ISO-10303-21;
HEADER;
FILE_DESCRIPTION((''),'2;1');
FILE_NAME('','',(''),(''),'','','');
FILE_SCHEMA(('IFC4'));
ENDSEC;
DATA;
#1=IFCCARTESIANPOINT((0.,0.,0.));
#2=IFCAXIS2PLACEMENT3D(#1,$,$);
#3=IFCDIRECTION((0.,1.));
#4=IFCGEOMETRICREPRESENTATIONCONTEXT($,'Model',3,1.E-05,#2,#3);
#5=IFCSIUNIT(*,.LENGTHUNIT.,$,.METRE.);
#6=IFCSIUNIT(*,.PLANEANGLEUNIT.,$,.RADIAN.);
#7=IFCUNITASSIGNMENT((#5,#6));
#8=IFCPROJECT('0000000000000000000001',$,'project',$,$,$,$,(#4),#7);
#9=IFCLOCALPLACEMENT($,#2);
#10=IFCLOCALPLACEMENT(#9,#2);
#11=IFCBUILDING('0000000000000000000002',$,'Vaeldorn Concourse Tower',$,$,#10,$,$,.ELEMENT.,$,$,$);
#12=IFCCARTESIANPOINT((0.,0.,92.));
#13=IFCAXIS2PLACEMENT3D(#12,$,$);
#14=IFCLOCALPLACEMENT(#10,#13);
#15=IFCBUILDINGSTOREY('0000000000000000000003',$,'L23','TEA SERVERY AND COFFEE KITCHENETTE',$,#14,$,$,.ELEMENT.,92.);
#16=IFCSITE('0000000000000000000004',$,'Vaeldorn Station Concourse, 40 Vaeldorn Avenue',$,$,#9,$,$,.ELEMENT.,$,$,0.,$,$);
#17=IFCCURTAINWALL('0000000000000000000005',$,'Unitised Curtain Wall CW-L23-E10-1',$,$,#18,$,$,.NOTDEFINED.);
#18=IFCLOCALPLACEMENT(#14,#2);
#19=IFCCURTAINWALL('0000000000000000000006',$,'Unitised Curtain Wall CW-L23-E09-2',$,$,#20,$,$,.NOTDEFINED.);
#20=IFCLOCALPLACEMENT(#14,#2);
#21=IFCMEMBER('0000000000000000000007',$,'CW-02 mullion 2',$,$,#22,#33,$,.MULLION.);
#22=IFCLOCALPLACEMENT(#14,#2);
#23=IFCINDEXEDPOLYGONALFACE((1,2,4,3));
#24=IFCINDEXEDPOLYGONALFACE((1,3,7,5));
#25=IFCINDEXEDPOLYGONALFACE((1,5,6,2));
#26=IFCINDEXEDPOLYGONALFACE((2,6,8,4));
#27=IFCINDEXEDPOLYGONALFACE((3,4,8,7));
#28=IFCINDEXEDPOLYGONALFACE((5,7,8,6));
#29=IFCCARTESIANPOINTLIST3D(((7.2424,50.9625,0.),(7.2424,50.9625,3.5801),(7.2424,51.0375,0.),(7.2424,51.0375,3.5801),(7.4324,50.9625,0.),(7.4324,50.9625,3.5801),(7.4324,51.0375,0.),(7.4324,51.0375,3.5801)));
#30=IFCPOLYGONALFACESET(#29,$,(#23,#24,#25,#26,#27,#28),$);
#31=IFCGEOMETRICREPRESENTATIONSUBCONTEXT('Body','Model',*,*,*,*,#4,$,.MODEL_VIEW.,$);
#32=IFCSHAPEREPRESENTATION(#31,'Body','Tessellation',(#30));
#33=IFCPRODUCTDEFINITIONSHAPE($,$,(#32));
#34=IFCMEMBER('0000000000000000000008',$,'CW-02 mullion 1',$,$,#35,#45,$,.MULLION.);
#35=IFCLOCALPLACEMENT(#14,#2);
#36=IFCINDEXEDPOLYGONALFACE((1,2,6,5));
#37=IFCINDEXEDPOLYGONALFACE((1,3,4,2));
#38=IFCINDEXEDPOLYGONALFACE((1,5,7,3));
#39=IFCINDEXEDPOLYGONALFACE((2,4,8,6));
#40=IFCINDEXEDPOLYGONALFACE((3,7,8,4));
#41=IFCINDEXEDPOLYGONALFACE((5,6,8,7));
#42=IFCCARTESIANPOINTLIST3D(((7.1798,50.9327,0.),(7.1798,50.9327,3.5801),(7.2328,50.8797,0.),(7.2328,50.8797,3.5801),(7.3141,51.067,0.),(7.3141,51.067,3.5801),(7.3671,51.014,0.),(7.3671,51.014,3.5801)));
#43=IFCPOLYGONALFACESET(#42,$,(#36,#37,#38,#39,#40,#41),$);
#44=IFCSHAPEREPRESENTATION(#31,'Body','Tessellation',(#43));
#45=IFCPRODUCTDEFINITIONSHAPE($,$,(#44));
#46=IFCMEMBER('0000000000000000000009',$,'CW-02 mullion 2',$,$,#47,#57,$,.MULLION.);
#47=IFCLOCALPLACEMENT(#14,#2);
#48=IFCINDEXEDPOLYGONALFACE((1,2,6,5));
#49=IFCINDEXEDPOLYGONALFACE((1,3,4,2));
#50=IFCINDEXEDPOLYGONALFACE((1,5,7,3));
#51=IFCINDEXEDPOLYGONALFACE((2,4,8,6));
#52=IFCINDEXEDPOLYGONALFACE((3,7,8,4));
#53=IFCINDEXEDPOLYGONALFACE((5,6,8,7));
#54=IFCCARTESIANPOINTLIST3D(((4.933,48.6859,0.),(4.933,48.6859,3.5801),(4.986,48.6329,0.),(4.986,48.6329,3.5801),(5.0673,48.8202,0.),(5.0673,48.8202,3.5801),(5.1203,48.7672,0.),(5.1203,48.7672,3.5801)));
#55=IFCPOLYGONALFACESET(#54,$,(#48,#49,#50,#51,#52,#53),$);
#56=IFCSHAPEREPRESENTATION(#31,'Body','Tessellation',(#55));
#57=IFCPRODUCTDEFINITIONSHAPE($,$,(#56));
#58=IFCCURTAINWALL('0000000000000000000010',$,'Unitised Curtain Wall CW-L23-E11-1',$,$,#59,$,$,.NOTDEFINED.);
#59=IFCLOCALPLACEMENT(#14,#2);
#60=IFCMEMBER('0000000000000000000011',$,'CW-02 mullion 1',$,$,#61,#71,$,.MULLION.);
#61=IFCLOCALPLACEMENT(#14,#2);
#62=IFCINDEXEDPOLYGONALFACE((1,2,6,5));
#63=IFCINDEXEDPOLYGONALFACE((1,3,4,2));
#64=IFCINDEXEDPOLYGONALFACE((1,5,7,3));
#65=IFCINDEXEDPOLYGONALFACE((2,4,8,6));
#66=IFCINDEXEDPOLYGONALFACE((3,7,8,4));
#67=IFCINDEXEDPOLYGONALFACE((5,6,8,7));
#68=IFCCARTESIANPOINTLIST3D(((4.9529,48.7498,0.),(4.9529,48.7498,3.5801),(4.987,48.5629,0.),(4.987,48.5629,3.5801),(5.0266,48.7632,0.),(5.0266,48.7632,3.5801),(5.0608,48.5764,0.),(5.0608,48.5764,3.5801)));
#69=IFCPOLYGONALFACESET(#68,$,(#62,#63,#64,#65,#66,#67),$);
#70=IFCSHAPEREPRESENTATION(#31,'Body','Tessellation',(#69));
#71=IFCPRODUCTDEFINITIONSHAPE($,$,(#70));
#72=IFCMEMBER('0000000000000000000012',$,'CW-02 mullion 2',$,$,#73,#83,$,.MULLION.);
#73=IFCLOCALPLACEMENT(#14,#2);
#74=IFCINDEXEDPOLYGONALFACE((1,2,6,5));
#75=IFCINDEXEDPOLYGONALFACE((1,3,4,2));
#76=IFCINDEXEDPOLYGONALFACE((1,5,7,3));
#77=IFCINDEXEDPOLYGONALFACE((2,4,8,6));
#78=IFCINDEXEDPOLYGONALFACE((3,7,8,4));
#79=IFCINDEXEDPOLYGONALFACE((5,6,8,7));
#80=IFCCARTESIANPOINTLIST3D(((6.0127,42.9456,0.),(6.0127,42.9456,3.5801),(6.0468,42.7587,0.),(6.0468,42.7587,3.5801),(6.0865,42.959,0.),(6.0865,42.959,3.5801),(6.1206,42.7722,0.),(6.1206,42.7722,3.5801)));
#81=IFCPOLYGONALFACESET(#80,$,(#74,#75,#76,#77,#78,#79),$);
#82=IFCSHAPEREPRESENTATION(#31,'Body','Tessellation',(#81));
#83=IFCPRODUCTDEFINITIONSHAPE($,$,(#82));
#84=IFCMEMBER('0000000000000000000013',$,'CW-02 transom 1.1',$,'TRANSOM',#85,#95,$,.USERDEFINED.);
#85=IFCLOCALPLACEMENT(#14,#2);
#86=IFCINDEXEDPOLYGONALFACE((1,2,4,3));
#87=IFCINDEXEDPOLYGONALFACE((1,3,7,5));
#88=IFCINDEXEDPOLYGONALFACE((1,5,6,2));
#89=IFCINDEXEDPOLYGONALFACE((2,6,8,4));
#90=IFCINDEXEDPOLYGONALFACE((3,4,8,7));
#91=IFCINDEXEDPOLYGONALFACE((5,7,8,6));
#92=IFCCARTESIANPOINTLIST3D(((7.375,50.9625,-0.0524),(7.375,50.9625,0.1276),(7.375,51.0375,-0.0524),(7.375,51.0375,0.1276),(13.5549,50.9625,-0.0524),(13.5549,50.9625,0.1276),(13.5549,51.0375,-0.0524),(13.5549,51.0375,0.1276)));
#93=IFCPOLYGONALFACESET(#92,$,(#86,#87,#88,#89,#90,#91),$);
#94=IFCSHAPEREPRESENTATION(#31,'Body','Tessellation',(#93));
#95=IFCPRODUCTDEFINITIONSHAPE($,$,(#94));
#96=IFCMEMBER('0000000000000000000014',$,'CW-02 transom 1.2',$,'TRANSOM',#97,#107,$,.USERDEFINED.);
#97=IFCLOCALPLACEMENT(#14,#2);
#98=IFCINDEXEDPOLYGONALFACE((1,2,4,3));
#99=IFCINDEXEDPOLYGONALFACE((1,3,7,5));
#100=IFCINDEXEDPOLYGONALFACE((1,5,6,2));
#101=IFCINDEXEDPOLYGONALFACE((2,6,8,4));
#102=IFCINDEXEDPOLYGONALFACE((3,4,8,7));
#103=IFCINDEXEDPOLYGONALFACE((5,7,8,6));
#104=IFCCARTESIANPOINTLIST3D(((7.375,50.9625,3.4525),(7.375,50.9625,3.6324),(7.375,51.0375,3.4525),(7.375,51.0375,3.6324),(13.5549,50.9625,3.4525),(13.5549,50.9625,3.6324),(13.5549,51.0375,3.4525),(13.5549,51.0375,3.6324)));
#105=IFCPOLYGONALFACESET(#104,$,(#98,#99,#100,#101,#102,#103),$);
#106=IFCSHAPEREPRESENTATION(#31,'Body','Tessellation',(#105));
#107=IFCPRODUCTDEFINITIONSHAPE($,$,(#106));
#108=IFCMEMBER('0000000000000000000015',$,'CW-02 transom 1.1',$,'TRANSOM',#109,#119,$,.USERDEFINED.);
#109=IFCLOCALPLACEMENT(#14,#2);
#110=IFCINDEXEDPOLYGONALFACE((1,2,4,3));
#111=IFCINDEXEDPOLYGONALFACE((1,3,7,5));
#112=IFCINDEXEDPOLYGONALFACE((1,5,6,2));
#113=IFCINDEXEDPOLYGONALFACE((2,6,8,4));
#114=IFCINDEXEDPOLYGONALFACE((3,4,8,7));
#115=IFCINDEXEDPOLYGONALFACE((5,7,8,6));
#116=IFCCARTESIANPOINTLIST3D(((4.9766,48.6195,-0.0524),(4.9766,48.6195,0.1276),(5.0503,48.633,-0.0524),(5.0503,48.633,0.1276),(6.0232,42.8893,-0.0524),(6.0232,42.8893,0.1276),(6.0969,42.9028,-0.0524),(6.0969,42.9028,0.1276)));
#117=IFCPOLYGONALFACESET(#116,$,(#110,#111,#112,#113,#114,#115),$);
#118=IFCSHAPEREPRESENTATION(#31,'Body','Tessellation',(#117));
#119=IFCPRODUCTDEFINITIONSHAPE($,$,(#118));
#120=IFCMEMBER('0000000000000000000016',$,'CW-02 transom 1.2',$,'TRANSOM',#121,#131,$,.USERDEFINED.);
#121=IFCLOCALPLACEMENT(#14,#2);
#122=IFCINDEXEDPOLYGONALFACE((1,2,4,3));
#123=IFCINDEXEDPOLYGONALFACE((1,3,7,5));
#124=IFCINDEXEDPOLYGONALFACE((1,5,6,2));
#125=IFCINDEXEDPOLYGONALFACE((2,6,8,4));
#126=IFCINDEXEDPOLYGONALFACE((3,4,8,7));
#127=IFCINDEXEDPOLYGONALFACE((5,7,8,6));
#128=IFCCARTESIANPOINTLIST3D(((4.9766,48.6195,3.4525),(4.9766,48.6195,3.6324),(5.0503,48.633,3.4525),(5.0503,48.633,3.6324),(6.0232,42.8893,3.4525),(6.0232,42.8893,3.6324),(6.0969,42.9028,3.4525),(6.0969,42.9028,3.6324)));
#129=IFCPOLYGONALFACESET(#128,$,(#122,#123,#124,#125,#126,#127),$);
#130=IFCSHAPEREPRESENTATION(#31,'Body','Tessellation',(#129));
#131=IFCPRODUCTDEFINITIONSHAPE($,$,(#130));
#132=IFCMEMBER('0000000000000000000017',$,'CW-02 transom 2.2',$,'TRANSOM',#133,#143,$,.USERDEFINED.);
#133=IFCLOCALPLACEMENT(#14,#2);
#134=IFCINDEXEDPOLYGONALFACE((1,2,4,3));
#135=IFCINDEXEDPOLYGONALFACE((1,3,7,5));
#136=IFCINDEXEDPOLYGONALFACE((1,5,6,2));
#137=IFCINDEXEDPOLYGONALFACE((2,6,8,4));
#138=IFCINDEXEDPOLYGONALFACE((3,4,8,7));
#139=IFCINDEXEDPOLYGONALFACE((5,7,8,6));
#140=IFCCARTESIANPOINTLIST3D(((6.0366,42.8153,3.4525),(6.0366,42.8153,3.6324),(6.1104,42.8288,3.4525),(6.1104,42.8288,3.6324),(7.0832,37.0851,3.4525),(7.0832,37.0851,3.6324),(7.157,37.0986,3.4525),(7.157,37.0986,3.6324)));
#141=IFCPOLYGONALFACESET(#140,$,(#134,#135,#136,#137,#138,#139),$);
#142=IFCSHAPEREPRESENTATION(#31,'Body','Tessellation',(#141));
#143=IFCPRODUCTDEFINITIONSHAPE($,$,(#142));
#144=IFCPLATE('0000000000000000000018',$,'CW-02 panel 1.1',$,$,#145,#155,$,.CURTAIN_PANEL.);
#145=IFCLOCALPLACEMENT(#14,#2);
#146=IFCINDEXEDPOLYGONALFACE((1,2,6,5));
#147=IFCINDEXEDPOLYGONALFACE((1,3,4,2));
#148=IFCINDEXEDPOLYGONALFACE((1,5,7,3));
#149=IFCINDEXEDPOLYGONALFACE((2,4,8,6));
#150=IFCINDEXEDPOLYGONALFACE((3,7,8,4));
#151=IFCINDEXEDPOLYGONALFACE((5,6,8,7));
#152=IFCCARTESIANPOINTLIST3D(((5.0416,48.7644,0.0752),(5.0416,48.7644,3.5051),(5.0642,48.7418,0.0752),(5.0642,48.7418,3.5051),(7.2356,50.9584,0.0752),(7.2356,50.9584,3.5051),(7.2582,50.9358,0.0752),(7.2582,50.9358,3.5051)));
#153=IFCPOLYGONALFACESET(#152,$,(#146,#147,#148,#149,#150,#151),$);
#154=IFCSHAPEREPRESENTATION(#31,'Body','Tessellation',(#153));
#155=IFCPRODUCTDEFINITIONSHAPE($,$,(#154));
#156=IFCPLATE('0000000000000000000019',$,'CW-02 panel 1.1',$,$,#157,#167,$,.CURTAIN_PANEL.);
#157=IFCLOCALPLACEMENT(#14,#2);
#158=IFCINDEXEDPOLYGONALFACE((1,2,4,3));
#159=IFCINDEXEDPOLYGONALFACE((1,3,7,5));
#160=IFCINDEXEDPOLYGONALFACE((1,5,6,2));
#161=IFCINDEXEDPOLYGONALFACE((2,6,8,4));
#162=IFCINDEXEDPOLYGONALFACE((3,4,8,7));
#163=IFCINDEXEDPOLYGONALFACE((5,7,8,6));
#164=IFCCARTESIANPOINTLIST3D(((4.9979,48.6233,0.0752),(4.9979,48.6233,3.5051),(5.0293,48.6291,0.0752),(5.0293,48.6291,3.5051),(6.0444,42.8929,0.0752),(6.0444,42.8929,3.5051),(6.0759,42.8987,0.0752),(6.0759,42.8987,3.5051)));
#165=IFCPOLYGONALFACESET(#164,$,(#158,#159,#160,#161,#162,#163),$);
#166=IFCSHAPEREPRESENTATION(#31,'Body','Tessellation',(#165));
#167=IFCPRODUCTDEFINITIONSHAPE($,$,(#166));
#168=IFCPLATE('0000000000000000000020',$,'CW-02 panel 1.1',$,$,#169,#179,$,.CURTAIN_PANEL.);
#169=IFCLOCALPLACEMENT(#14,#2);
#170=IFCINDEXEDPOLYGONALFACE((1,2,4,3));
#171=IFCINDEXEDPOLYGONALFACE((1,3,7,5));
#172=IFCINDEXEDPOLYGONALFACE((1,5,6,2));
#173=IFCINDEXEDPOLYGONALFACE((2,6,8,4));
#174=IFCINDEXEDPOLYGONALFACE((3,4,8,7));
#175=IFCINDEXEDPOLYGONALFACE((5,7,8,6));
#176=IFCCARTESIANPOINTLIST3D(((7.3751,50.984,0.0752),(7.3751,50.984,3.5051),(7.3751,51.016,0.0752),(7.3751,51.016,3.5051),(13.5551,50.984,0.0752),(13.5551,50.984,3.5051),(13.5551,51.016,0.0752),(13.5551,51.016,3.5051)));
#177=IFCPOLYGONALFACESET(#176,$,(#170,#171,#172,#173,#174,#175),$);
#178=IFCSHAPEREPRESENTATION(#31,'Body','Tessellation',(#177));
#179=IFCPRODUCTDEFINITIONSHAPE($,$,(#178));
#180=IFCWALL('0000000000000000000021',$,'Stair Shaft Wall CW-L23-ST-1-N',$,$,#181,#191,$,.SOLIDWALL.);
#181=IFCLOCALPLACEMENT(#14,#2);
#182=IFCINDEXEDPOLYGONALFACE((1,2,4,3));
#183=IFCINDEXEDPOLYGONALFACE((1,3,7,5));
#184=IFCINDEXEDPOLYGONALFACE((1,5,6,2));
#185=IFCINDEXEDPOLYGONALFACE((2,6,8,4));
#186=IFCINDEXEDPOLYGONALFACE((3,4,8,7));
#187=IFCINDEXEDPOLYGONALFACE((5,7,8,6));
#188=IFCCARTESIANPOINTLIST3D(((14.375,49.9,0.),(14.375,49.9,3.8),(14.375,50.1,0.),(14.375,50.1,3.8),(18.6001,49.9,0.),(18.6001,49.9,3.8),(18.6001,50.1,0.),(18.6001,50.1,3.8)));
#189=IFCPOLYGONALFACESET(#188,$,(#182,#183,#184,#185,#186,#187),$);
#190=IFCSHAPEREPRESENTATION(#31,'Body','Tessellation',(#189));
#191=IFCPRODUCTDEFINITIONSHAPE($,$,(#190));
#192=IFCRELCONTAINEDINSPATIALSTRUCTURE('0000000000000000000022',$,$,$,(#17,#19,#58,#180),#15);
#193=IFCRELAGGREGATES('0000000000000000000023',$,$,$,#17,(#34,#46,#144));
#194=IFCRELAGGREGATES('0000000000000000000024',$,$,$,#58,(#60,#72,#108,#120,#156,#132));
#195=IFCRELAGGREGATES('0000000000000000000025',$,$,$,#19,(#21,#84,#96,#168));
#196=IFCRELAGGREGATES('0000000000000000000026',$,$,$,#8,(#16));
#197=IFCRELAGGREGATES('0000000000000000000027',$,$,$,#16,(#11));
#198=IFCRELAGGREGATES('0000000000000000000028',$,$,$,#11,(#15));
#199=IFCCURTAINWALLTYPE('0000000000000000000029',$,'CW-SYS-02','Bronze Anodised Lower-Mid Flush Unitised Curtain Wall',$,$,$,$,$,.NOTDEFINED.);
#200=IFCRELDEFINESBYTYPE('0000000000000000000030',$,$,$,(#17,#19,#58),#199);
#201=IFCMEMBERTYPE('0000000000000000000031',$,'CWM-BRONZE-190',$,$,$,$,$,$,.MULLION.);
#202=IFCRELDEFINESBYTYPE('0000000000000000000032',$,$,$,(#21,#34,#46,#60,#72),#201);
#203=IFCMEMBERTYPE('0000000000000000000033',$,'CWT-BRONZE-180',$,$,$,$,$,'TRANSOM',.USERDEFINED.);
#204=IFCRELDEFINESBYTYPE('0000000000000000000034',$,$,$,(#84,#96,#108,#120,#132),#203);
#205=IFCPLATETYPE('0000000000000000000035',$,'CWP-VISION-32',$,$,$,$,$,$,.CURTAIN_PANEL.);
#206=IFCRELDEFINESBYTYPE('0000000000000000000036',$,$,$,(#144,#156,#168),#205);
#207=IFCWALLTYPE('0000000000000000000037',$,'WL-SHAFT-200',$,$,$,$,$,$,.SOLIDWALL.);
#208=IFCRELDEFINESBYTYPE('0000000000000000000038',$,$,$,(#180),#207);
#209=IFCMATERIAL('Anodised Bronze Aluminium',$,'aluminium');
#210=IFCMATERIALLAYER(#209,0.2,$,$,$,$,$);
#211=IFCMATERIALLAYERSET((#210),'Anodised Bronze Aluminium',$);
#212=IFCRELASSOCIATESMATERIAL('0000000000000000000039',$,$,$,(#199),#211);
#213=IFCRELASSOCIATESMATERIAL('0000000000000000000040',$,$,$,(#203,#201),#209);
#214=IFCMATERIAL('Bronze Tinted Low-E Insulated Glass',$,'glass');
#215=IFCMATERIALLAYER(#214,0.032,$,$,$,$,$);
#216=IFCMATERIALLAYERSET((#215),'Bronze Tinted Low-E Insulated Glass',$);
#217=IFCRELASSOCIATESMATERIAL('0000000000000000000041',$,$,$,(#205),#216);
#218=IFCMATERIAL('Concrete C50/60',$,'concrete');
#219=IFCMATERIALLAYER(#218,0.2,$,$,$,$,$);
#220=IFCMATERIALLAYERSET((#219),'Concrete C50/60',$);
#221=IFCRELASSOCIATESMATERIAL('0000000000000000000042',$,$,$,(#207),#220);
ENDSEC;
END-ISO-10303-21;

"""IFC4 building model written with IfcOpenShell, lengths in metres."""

from ifc_helpers import new_model, si_unit, direction, frame, frame_2d, origin, origin_2d, place, context, subcontext, project, spatial, rectangle, extrude, source, transform, mapped, material, layer, layer_set, material_profile, profile_set, type_object, element, aggregate, save


model = new_model("IFC4")

# Units and contexts
model_context = context("Model", 3, precision=1e-05, world=origin(), true_north=direction((0.0, 1.0)))
body_context = subcontext(model_context, "Body", "Model", "MODEL_VIEW")
ifc_project = project(units=[si_unit("LENGTHUNIT", "METRE"), si_unit("PLANEANGLEUNIT", "RADIAN")], contexts=[model_context])

# Site, building, storey
site_placement = place(None, origin())
site = spatial("IfcSite", under=ifc_project, at=site_placement, Name="Vaeldorn Station Concourse, 40 Vaeldorn Avenue", CompositionType="ELEMENT", RefElevation=0.0)
building_placement = place(site_placement, origin())
building = spatial("IfcBuilding", under=site, at=building_placement, Name="Vaeldorn Concourse Tower", CompositionType="ELEMENT")
storey_placement = place(building_placement, frame((0.0, 0.0, 92.0)))
storey = spatial("IfcBuildingStorey", under=building, at=storey_placement, Name="L23", Description="TEA SERVERY AND COFFEE KITCHENETTE", CompositionType="ELEMENT", Elevation=92.0)

# Curtain walls, member
ifc_material_1 = material(Name="Anodised Bronze Aluminium", Category="aluminium")
ifc_layer_1 = layer(ifc_material_1, 0.2)
ifc_layer_set_1 = layer_set([ifc_layer_1], Name="Anodised Bronze Aluminium")
curtain_wall_type = type_object("IfcCurtainWallType", Name="CW-SYS-02", Description="Bronze Anodised Lower-Mid Flush Unitised Curtain Wall", PredefinedType="NOTDEFINED", material=ifc_layer_set_1)
curtain_wall_1_placement = place(storey_placement, origin())
curtain_wall_1 = element("IfcCurtainWall", 1, at=curtain_wall_1_placement, inside=storey, type_object=curtain_wall_type, Name="Unitised Curtain Wall CW-L23-E10-1", PredefinedType="NOTDEFINED")
ifc_material_profile_1 = material_profile(ifc_material_1, rectangle(XDim=0.075, YDim=0.1799, at=origin_2d()), Name="CWT 75x180")
ifc_profile_set_1 = profile_set([ifc_material_profile_1], Name="Anodised Bronze Aluminium")
member_type_1 = type_object("IfcMemberType", Name="CWT-BRONZE-180", ElementType="TRANSOM", PredefinedType="USERDEFINED", material=ifc_profile_set_1)
curtain_wall_2_placement = place(storey_placement, origin())
curtain_wall_2 = element("IfcCurtainWall", 2, at=curtain_wall_2_placement, inside=storey, type_object=curtain_wall_type, Name="Unitised Curtain Wall CW-L23-E09-2", PredefinedType="NOTDEFINED")
ifc_material_profile_2 = material_profile(ifc_material_1, rectangle(XDim=0.075, YDim=0.1899, at=origin_2d()), Name="CWM 75x190")
ifc_profile_set_2 = profile_set([ifc_material_profile_2], Name="Anodised Bronze Aluminium")
member_type_2 = type_object("IfcMemberType", Name="CWM-BRONZE-190", PredefinedType="MULLION", material=ifc_profile_set_2)
shared_shape_1 = source(origin(), body_context, "Body", "SweptSolid", [
    extrude(rectangle(XDim=0.075, YDim=0.1899, at=origin_2d()), origin(), (0.0, 0.0, 1.0), 3.5801),
])
member_1_placement = place(storey_placement, frame((7.3374, 51.0, 0.0), z_axis=(0.0, 0.0, 1.0), x_axis=(0.0, -1.0, 0.0)))
member_1 = element("IfcMember", 3, at=member_1_placement, type_object=member_type_2, Name="CW-02 mullion 2", PredefinedType="MULLION", context=body_context, shape_type="MappedRepresentation", body=[
    mapped(shared_shape_1, transform((0.0, 0.0, 0.0), scale=1.0)),
])

# Members
member_2_placement = place(storey_placement, frame((7.2734, 50.9734, 0.0), z_axis=(0.0, 0.0, 1.0), x_axis=(0.707107, -0.707107, 0.0)))
member_2 = element("IfcMember", 4, at=member_2_placement, type_object=member_type_2, Name="CW-02 mullion 1", PredefinedType="MULLION", context=body_context, shape_type="MappedRepresentation", body=[
    mapped(shared_shape_1, transform((0.0, 0.0, 0.0), scale=1.0)),
])
member_3_placement = place(storey_placement, frame((5.0266, 48.7266, 0.0), z_axis=(0.0, 0.0, 1.0), x_axis=(0.707107, -0.707107, 0.0)))
member_3 = element("IfcMember", 5, at=member_3_placement, type_object=member_type_2, Name="CW-02 mullion 2", PredefinedType="MULLION", context=body_context, shape_type="MappedRepresentation", body=[
    mapped(shared_shape_1, transform((0.0, 0.0, 0.0), scale=1.0)),
])

# Curtain wall, members
curtain_wall_3_placement = place(storey_placement, origin())
curtain_wall_3 = element("IfcCurtainWall", 6, at=curtain_wall_3_placement, inside=storey, type_object=curtain_wall_type, Name="Unitised Curtain Wall CW-L23-E11-1", PredefinedType="NOTDEFINED")
member_4_placement = place(storey_placement, frame((5.0068, 48.6631, 0.0), z_axis=(0.0, 0.0, 1.0), x_axis=(0.983729, 0.17966, 0.0)))
member_4 = element("IfcMember", 7, at=member_4_placement, type_object=member_type_2, Name="CW-02 mullion 1", PredefinedType="MULLION", context=body_context, shape_type="MappedRepresentation", body=[
    mapped(shared_shape_1, transform((0.0, 0.0, 0.0), scale=1.0)),
])
member_5_placement = place(storey_placement, frame((6.0667, 42.8589, 0.0), z_axis=(0.0, 0.0, 1.0), x_axis=(0.983729, 0.17966, 0.0)))
member_5 = element("IfcMember", 8, at=member_5_placement, type_object=member_type_2, Name="CW-02 mullion 2", PredefinedType="MULLION", context=body_context, shape_type="MappedRepresentation", body=[
    mapped(shared_shape_1, transform((0.0, 0.0, 0.0), scale=1.0)),
])

# Members
shared_shape_2 = source(origin(), body_context, "Body", "SweptSolid", [
    extrude(rectangle(XDim=0.075, YDim=0.1799, at=origin_2d()), origin(), (0.0, 0.0, 1.0), 6.1799),
])
member_6_placement = place(storey_placement, frame((13.5549, 51.0, 0.0376), z_axis=(-1.0, 0.0, 0.0), x_axis=(0.0, -1.0, 0.0)))
member_6 = element("IfcMember", 9, at=member_6_placement, type_object=member_type_1, Name="CW-02 transom 1.1", ObjectType="TRANSOM", PredefinedType="USERDEFINED", context=body_context, shape_type="MappedRepresentation", body=[
    mapped(shared_shape_2, transform((0.0, 0.0, 0.0), scale=1.0)),
])
member_7_placement = place(storey_placement, frame((13.5549, 51.0, 3.5425), z_axis=(-1.0, 0.0, 0.0), x_axis=(0.0, -1.0, 0.0)))
member_7 = element("IfcMember", 10, at=member_7_placement, type_object=member_type_1, Name="CW-02 transom 1.2", ObjectType="TRANSOM", PredefinedType="USERDEFINED", context=body_context, shape_type="MappedRepresentation", body=[
    mapped(shared_shape_2, transform((0.0, 0.0, 0.0), scale=1.0)),
])
shared_shape_3 = source(origin(), body_context, "Body", "SweptSolid", [
    extrude(rectangle(XDim=0.075, YDim=0.1799, at=origin_2d()), origin(), (0.0, 0.0, 1.0), 5.825),
])
member_8_placement = place(storey_placement, frame((5.0134, 48.6262, 0.0376), z_axis=(0.179678, -0.983725, 0.0), x_axis=(0.983725, 0.179678, 0.0)))
member_8 = element("IfcMember", 11, at=member_8_placement, type_object=member_type_1, Name="CW-02 transom 1.1", ObjectType="TRANSOM", PredefinedType="USERDEFINED", context=body_context, shape_type="MappedRepresentation", body=[
    mapped(shared_shape_3, transform((0.0, 0.0, 0.0), scale=1.0)),
])
member_9_placement = place(storey_placement, frame((5.0134, 48.6262, 3.5425), z_axis=(0.179678, -0.983725, 0.0), x_axis=(0.983725, 0.179678, 0.0)))
member_9 = element("IfcMember", 12, at=member_9_placement, type_object=member_type_1, Name="CW-02 transom 1.2", ObjectType="TRANSOM", PredefinedType="USERDEFINED", context=body_context, shape_type="MappedRepresentation", body=[
    mapped(shared_shape_3, transform((0.0, 0.0, 0.0), scale=1.0)),
])
member_10_placement = place(storey_placement, frame((6.0735, 42.822, 3.5425), z_axis=(0.179678, -0.983725, 0.0), x_axis=(0.983725, 0.179678, 0.0)))
member_10 = element("IfcMember", 13, at=member_10_placement, type_object=member_type_1, Name="CW-02 transom 2.2", ObjectType="TRANSOM", PredefinedType="USERDEFINED", context=body_context, shape_type="MappedRepresentation", body=[
    mapped(shared_shape_3, transform((0.0, 0.0, 0.0), scale=1.0)),
])

# Plates
ifc_material_2 = material(Name="Bronze Tinted Low-E Insulated Glass", Category="glass")
ifc_layer_2 = layer(ifc_material_2, 0.032)
ifc_layer_set_2 = layer_set([ifc_layer_2], Name="Bronze Tinted Low-E Insulated Glass")
plate_type = type_object("IfcPlateType", Name="CWP-VISION-32", PredefinedType="CURTAIN_PANEL", material=ifc_layer_set_2)
shared_shape_4 = source(origin(), body_context, "Body", "SweptSolid", [
    extrude(rectangle(XDim=3.1028, YDim=0.032, at=origin_2d()), origin(), (0.0, 0.0, 1.0), 3.4299),
])
plate_1_placement = place(storey_placement, frame((6.1499, 49.8501, 0.0752), z_axis=(0.0, 0.0, 1.0), x_axis=(-0.707107, -0.707107, 0.0)))
plate_1 = element("IfcPlate", 14, at=plate_1_placement, type_object=plate_type, Name="CW-02 panel 1.1", PredefinedType="CURTAIN_PANEL", context=body_context, shape_type="MappedRepresentation", body=[
    mapped(shared_shape_4, transform((0.0, 0.0, 0.0), scale=1.0)),
])
aggregate(curtain_wall_1, [member_2, member_3, plate_1])
shared_shape_5 = source(origin(), body_context, "Body", "SweptSolid", [
    extrude(rectangle(XDim=5.8252, YDim=0.032, at=origin_2d()), origin(), (0.0, 0.0, 1.0), 3.4299),
])
plate_2_placement = place(storey_placement, frame((5.5369, 45.761, 0.0752), z_axis=(0.0, 0.0, 1.0), x_axis=(0.17966, -0.983729, 0.0)))
plate_2 = element("IfcPlate", 15, at=plate_2_placement, type_object=plate_type, Name="CW-02 panel 1.1", PredefinedType="CURTAIN_PANEL", context=body_context, shape_type="MappedRepresentation", body=[
    mapped(shared_shape_5, transform((0.0, 0.0, 0.0), scale=1.0)),
])
aggregate(curtain_wall_3, [member_4, member_5, member_8, member_9, plate_2, member_10])
shared_shape_6 = source(origin(), body_context, "Body", "SweptSolid", [
    extrude(rectangle(XDim=6.1799, YDim=0.032, at=origin_2d()), origin(), (0.0, 0.0, 1.0), 3.4299),
])
plate_3_placement = place(storey_placement, frame((10.4651, 51.0, 0.0752), z_axis=(0.0, 0.0, 1.0), x_axis=(-1.0, 0.0, 0.0)))
plate_3 = element("IfcPlate", 16, at=plate_3_placement, type_object=plate_type, Name="CW-02 panel 1.1", PredefinedType="CURTAIN_PANEL", context=body_context, shape_type="MappedRepresentation", body=[
    mapped(shared_shape_6, transform((0.0, 0.0, 0.0), scale=1.0)),
])
aggregate(curtain_wall_2, [member_1, member_6, member_7, plate_3])

# Wall
ifc_material_3 = material(Name="Concrete C50/60", Category="concrete")
ifc_layer_3 = layer(ifc_material_3, 0.2)
ifc_layer_set_3 = layer_set([ifc_layer_3], Name="Concrete C50/60")
wall_type = type_object("IfcWallType", Name="WL-SHAFT-200", PredefinedType="SOLIDWALL", material=ifc_layer_set_3)
wall_placement = place(storey_placement, frame((14.375, 50.0, 0.0), z_axis=(0.0, 0.0, 1.0), x_axis=(1.0, 0.0, 0.0)))
element("IfcWall", 17, at=wall_placement, inside=storey, type_object=wall_type, Name="Stair Shaft Wall CW-L23-ST-1-N", PredefinedType="SOLIDWALL", context=body_context, shape_type="SweptSolid", body=[
    extrude(rectangle(XDim=4.2251, YDim=0.2, at=frame_2d((2.1125, 0.0))), origin(), (0.0, 0.0, 1.0), 3.8),
])

save(model, "model.ifc")
